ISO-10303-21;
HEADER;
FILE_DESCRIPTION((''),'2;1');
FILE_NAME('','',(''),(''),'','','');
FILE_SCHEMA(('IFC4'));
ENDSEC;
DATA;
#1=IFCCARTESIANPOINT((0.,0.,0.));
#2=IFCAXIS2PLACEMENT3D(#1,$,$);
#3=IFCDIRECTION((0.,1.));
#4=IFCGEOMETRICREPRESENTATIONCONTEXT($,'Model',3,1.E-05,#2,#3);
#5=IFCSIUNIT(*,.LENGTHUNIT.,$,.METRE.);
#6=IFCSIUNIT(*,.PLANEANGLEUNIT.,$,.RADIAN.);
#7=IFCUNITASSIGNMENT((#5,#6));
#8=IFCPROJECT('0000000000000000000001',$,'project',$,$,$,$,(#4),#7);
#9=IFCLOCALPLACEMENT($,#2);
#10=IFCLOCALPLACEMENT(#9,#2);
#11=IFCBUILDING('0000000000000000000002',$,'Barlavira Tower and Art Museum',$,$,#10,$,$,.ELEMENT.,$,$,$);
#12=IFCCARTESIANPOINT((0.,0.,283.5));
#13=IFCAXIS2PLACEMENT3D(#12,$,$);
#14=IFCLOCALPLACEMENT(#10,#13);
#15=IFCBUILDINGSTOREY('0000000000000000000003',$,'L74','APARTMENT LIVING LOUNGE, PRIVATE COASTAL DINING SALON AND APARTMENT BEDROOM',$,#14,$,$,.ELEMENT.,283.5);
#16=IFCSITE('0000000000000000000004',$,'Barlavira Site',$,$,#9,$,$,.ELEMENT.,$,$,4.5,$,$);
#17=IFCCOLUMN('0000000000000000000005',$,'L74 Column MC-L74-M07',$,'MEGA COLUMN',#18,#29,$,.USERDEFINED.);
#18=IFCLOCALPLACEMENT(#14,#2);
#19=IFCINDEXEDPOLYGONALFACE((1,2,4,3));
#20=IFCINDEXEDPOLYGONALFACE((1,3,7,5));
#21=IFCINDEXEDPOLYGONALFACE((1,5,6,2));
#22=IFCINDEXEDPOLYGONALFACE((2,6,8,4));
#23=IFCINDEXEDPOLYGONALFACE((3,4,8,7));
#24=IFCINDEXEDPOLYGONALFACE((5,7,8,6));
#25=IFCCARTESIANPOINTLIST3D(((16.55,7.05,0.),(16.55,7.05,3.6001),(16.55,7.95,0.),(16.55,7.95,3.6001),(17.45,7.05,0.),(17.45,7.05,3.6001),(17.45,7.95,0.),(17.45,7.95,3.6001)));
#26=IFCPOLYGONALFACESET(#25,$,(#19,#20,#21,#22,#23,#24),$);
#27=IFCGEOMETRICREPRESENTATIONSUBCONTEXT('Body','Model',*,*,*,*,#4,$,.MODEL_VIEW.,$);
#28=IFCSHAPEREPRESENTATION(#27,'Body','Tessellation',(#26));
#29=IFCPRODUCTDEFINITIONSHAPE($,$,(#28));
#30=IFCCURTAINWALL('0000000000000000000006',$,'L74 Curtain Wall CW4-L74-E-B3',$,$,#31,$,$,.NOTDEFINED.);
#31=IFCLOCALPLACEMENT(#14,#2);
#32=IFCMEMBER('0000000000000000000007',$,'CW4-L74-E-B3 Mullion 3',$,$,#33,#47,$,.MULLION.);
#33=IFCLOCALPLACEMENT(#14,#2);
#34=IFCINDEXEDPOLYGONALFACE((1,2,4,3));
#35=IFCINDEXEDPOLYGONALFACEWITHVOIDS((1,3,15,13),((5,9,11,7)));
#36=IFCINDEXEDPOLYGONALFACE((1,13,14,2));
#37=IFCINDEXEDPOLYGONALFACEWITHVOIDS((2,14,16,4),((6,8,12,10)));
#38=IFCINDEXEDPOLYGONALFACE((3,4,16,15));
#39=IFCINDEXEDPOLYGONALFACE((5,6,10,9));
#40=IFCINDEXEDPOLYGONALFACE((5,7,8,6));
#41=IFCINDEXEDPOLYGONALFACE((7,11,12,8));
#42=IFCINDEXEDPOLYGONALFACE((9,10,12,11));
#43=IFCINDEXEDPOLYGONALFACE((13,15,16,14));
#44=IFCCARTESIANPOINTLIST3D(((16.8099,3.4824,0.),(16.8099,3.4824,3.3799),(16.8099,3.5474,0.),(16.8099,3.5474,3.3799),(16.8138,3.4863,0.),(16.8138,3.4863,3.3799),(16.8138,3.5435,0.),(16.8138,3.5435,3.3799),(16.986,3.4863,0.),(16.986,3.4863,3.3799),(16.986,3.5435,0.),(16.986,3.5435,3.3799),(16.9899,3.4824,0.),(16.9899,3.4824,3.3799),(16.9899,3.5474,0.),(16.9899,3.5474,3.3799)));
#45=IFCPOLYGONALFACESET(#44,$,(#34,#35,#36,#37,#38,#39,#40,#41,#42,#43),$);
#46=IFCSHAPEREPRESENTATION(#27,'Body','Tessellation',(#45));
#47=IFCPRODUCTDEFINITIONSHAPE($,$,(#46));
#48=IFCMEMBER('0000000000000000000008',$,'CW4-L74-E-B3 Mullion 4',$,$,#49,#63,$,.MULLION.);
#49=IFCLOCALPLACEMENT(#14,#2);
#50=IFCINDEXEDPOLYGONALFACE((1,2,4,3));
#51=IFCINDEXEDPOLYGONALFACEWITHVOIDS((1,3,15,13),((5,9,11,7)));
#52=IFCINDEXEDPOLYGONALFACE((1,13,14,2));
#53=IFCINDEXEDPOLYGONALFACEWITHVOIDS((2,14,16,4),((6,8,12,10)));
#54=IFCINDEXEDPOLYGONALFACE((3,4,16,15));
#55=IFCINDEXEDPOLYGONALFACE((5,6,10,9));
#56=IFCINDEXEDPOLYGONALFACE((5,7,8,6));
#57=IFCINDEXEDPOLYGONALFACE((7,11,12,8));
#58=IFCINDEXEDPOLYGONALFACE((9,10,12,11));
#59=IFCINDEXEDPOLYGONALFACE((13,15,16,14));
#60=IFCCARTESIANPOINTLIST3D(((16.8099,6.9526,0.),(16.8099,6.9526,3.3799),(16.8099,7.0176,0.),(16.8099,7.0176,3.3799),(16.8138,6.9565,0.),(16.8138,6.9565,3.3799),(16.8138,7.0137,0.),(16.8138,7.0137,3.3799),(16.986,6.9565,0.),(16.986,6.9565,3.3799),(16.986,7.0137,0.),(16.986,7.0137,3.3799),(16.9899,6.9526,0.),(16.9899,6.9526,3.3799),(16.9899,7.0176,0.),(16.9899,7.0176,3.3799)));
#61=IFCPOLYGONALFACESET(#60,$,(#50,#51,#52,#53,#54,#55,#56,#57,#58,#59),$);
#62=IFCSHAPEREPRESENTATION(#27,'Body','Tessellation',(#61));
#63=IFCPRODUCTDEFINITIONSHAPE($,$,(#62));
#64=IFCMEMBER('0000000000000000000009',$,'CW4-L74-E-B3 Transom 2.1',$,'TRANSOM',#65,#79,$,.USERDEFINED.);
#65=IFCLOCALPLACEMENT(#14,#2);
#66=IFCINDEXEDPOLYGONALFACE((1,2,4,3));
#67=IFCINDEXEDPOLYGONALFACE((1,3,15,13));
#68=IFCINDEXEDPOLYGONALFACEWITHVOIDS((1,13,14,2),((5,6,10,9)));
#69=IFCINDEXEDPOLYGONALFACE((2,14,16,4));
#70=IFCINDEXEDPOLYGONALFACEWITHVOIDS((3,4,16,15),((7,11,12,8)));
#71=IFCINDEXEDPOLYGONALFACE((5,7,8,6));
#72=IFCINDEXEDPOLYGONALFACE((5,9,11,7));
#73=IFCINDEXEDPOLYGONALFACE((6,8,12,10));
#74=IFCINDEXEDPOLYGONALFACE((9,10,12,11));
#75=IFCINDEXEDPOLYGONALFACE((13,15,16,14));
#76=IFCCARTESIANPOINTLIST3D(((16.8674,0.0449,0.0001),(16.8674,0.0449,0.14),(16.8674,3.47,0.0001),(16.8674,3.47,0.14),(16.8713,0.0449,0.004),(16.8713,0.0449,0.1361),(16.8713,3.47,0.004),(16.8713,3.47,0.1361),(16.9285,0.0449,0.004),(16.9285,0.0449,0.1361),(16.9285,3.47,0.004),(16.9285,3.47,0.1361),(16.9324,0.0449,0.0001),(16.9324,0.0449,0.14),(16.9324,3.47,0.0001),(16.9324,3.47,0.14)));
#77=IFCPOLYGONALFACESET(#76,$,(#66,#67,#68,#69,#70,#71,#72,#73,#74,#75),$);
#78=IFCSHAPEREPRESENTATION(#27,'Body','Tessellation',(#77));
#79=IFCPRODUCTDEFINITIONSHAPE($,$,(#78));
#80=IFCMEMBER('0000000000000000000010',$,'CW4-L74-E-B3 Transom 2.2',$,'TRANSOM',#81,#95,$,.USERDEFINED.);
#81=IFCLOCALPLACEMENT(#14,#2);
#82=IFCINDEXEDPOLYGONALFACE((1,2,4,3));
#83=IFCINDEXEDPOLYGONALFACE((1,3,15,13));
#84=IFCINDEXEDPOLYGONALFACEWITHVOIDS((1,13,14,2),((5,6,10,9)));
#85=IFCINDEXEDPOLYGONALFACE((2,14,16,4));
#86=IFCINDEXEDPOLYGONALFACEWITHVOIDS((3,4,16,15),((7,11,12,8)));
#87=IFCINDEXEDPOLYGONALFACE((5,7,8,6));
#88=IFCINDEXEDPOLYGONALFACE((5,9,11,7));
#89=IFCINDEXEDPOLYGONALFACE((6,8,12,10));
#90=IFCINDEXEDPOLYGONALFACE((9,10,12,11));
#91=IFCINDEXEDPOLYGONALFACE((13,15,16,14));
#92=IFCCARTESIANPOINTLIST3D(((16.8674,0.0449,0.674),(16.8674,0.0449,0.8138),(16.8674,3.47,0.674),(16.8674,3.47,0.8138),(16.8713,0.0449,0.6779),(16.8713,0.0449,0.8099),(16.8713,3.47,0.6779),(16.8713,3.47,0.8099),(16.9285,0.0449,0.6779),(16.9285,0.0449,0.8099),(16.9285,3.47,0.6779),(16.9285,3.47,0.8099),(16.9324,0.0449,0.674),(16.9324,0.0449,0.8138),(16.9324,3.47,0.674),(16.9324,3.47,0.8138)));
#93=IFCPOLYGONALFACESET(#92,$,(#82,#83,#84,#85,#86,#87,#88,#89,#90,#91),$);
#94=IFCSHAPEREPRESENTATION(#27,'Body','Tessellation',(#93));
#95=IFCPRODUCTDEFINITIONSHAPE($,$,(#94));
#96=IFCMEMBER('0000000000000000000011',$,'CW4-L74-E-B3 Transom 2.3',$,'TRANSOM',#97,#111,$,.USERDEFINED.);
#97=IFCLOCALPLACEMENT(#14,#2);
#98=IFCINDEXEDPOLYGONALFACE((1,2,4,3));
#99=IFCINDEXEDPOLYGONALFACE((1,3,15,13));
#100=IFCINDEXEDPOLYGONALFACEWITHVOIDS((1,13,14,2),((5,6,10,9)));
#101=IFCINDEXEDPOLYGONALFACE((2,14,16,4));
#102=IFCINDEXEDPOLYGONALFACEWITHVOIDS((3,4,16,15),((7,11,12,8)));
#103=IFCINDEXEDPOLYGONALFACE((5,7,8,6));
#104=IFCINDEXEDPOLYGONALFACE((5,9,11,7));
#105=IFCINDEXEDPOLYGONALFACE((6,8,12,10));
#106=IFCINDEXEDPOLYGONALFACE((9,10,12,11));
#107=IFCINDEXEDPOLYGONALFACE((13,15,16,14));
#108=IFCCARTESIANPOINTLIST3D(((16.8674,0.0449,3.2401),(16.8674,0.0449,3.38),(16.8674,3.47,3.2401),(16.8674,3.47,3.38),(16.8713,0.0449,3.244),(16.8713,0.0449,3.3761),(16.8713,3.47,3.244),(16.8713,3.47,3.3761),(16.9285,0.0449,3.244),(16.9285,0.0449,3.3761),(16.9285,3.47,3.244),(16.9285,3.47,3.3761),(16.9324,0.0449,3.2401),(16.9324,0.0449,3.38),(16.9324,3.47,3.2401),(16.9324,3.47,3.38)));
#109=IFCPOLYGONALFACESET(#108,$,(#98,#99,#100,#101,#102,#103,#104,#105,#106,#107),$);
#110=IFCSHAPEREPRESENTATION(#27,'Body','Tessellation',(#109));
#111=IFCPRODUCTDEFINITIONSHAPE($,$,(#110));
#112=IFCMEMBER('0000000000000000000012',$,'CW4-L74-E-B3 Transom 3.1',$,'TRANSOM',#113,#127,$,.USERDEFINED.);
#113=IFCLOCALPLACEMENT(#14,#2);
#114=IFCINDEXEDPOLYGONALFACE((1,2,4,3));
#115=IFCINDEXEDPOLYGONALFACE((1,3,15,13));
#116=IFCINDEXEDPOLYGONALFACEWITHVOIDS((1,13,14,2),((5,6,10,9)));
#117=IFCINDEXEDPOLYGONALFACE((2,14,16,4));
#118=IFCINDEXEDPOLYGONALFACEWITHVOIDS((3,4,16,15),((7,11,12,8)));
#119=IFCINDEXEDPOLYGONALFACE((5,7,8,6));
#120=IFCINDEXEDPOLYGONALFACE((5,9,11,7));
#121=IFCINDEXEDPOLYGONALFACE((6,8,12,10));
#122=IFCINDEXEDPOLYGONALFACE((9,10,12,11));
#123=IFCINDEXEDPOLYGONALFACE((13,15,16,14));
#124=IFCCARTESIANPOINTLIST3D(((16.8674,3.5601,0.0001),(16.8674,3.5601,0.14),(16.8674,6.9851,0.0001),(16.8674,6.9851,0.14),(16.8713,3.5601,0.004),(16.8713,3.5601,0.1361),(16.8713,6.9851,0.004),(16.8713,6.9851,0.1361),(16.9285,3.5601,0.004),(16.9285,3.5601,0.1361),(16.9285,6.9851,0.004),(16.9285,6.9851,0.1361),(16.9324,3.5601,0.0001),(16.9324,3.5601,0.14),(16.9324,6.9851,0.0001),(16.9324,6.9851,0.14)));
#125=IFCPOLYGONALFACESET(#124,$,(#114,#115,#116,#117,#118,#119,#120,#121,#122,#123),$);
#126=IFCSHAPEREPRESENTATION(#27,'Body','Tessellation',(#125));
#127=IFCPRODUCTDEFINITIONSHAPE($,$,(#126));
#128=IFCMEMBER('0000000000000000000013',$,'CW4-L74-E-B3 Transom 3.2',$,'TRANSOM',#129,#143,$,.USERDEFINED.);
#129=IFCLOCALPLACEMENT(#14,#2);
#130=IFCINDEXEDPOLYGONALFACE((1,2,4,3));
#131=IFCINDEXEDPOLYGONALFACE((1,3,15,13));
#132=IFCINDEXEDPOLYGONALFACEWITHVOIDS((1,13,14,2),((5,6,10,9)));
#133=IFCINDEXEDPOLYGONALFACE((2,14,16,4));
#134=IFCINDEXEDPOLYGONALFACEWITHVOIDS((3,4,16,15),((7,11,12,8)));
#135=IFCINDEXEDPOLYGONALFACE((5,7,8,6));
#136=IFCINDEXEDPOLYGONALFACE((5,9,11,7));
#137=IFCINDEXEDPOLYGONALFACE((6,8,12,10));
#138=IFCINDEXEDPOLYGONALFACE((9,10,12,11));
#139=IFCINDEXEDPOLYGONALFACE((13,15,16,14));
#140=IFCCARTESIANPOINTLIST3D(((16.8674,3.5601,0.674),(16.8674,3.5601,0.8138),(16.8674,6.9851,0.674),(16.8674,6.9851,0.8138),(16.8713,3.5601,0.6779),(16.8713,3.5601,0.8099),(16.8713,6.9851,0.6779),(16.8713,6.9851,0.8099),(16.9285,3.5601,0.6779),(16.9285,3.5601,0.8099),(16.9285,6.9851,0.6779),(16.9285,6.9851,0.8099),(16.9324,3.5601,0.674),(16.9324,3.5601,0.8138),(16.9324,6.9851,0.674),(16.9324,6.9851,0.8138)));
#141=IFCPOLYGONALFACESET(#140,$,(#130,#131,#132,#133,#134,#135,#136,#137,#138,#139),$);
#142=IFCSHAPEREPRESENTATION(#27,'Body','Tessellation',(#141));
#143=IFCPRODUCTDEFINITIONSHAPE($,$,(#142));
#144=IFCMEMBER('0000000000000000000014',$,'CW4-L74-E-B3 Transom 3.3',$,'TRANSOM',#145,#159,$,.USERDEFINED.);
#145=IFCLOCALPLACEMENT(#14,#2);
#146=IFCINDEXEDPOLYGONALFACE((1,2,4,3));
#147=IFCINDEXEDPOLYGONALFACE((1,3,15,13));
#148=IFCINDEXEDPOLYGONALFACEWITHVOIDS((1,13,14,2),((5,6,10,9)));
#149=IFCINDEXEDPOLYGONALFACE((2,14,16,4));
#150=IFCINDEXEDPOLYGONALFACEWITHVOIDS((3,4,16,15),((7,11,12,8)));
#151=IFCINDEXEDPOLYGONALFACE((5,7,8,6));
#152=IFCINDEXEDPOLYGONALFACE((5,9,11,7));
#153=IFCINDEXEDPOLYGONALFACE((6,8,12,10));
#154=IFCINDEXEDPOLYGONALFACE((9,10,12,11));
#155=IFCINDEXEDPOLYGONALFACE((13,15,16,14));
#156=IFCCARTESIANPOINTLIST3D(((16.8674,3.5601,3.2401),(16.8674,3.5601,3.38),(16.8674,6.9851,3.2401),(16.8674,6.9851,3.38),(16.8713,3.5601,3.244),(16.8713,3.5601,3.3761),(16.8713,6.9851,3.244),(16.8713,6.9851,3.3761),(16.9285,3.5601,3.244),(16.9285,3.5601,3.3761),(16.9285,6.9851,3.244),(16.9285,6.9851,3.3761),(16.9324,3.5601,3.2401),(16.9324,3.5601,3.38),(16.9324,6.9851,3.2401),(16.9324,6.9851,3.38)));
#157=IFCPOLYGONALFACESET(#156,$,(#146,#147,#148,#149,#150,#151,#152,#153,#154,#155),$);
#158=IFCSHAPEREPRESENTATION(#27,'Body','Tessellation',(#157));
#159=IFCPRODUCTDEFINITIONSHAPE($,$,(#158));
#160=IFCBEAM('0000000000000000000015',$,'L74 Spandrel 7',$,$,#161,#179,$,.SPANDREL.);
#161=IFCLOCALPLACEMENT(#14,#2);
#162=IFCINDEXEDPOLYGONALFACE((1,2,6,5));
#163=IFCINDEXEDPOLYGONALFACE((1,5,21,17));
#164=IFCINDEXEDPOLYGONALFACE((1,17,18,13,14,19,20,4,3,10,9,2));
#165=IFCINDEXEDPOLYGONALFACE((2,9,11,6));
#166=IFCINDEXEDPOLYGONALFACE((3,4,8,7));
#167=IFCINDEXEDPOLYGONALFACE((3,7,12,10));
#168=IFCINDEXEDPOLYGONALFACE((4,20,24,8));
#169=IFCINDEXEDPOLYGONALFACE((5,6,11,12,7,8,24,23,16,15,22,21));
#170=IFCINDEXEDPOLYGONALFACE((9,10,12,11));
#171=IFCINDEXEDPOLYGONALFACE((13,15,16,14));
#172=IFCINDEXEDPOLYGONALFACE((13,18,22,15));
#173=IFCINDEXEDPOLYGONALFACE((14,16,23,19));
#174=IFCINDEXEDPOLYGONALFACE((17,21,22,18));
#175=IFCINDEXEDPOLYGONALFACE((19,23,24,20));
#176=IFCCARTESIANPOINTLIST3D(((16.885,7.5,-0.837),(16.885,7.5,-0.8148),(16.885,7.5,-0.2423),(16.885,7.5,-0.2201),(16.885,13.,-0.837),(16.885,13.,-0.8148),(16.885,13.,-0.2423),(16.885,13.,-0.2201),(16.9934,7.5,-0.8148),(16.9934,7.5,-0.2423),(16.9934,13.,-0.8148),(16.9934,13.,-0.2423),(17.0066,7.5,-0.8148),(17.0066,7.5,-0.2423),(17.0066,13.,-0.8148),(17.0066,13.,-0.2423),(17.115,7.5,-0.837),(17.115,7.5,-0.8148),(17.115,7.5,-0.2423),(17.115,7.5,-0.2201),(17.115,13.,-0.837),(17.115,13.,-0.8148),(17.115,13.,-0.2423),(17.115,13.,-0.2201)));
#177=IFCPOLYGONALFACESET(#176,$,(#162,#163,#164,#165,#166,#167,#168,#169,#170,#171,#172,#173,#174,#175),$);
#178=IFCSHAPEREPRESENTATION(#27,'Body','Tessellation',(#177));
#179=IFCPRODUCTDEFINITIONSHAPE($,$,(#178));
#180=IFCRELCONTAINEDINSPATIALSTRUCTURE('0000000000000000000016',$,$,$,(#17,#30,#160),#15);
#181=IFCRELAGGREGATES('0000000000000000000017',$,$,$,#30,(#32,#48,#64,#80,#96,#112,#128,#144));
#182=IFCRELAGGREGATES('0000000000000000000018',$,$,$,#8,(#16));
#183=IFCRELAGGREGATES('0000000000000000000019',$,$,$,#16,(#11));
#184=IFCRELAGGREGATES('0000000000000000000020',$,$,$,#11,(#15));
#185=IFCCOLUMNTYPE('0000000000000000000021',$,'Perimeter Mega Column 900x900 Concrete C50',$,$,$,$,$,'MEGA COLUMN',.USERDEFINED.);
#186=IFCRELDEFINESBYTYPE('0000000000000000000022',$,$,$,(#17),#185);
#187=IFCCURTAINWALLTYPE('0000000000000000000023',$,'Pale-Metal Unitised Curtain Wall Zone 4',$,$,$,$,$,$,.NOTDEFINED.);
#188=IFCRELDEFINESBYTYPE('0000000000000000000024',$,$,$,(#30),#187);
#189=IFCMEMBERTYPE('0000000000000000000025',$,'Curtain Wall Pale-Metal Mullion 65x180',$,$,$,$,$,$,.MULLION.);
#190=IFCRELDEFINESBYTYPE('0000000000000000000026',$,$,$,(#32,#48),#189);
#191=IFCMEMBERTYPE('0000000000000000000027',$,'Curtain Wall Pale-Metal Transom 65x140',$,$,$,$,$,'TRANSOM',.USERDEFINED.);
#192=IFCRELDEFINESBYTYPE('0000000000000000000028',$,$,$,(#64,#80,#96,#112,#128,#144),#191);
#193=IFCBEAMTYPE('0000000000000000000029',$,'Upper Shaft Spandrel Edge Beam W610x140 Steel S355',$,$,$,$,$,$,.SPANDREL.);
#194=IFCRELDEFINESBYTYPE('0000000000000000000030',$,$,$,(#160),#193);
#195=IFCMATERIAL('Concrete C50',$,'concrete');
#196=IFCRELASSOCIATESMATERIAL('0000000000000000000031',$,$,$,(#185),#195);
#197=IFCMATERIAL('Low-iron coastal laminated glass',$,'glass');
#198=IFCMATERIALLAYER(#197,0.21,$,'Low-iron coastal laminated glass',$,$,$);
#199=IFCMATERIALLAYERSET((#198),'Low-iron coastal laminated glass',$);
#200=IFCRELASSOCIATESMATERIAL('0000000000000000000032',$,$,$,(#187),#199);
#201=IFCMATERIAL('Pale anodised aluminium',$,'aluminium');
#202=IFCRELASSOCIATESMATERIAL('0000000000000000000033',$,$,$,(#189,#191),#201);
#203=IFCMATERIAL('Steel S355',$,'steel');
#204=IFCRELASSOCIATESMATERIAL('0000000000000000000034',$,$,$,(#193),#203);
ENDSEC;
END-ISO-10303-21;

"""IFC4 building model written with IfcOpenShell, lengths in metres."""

from ifc_helpers import new_model, si_unit, direction, frame, origin, origin_2d, place, context, subcontext, project, spatial, rectangle, hollow_rectangle, i_section, extrude, material, layer, layer_set, material_profile, profile_set, type_object, element, aggregate, save


model = new_model("IFC4")

# Units and contexts
model_context = context("Model", 3, precision=1e-05, world=origin(), true_north=direction((0.0, 1.0)))
body_context = subcontext(model_context, "Body", "Model", "MODEL_VIEW")
ifc_project = project(units=[si_unit("LENGTHUNIT", "METRE"), si_unit("PLANEANGLEUNIT", "RADIAN")], contexts=[model_context])

# Site, building, storey
site_placement = place(None, origin())
site = spatial("IfcSite", under=ifc_project, at=site_placement, Name="Barlavira Site", CompositionType="ELEMENT", RefElevation=4.5)
building_placement = place(site_placement, origin())
building = spatial("IfcBuilding", under=site, at=building_placement, Name="Barlavira Tower and Art Museum", CompositionType="ELEMENT")
storey_placement = place(building_placement, frame((0.0, 0.0, 283.5)))
storey = spatial("IfcBuildingStorey", under=building, at=storey_placement, Name="L74", Description="APARTMENT LIVING LOUNGE, PRIVATE COASTAL DINING SALON AND APARTMENT BEDROOM", CompositionType="ELEMENT", Elevation=283.5)

# Column
ifc_material_1 = material(Name="Concrete C50", Category="concrete")
ifc_material_profile_1 = material_profile(ifc_material_1, rectangle(XDim=0.8999, YDim=0.8999, at=origin_2d()), Name="RC-COL 900x900")
ifc_profile_set_1 = profile_set([ifc_material_profile_1], Name="Concrete C50")
column_type = type_object("IfcColumnType", Name="Perimeter Mega Column 900x900 Concrete C50", ElementType="MEGA COLUMN", PredefinedType="USERDEFINED", material=ifc_profile_set_1)
column_placement = place(storey_placement, frame((17.0, 7.5, 0.0), z_axis=(0.0, 0.0, 1.0), x_axis=(1.0, 0.0, 0.0)))
element("IfcColumn", 1, at=column_placement, inside=storey, type_object=column_type, Name="L74 Column MC-L74-M07", ObjectType="MEGA COLUMN", PredefinedType="USERDEFINED", context=body_context, shape_type="SweptSolid", body=[
    extrude(rectangle(XDim=0.8999, YDim=0.8999, at=origin_2d()), origin(), (0.0, 0.0, 1.0), 3.6001),
])

# Curtain wall, members
ifc_material_2 = material(Name="Low-iron coastal laminated glass", Category="glass")
ifc_layer_1 = layer(ifc_material_2, 0.21, Name="Low-iron coastal laminated glass")
ifc_layer_set_1 = layer_set([ifc_layer_1], Name="Low-iron coastal laminated glass")
curtain_wall_type = type_object("IfcCurtainWallType", Name="Pale-Metal Unitised Curtain Wall Zone 4", PredefinedType="NOTDEFINED", material=ifc_layer_set_1)
curtain_wall_placement = place(storey_placement, origin())
curtain_wall = element("IfcCurtainWall", 2, at=curtain_wall_placement, inside=storey, type_object=curtain_wall_type, Name="L74 Curtain Wall CW4-L74-E-B3", PredefinedType="NOTDEFINED")
ifc_material_3 = material(Name="Pale anodised aluminium", Category="aluminium")
ifc_material_profile_2 = material_profile(ifc_material_3, hollow_rectangle(XDim=0.0649, YDim=0.1799, WallThickness=0.0039, at=origin_2d()), Name="ALU-MULL 65x180x4")
ifc_profile_set_2 = profile_set([ifc_material_profile_2], Name="Pale anodised aluminium")
member_type_1 = type_object("IfcMemberType", Name="Curtain Wall Pale-Metal Mullion 65x180", PredefinedType="MULLION", material=ifc_profile_set_2)
member_1_placement = place(storey_placement, frame((16.8999, 3.5149, 0.0), z_axis=(0.0, 0.0, 1.0), x_axis=(0.0, 1.0, 0.0)))
member_1 = element("IfcMember", 3, at=member_1_placement, type_object=member_type_1, Name="CW4-L74-E-B3 Mullion 3", PredefinedType="MULLION", context=body_context, shape_type="SweptSolid", body=[
    extrude(hollow_rectangle(XDim=0.0649, YDim=0.1799, WallThickness=0.0039, at=origin_2d()), origin(), (0.0, 0.0, 1.0), 3.3799),
])
member_2_placement = place(storey_placement, frame((16.8999, 6.9851, 0.0), z_axis=(0.0, 0.0, 1.0), x_axis=(0.0, 1.0, 0.0)))
member_2 = element("IfcMember", 4, at=member_2_placement, type_object=member_type_1, Name="CW4-L74-E-B3 Mullion 4", PredefinedType="MULLION", context=body_context, shape_type="SweptSolid", body=[
    extrude(hollow_rectangle(XDim=0.0649, YDim=0.1799, WallThickness=0.0039, at=origin_2d()), origin(), (0.0, 0.0, 1.0), 3.3799),
])
ifc_material_profile_3 = material_profile(ifc_material_3, hollow_rectangle(XDim=0.0649, YDim=0.1399, WallThickness=0.0039, at=origin_2d()), Name="ALU-TRAN 65x140x4")
ifc_profile_set_3 = profile_set([ifc_material_profile_3], Name="Pale anodised aluminium")
member_type_2 = type_object("IfcMemberType", Name="Curtain Wall Pale-Metal Transom 65x140", ElementType="TRANSOM", PredefinedType="USERDEFINED", material=ifc_profile_set_3)
member_3_placement = place(storey_placement, frame((16.8999, 0.0449, 0.0701), z_axis=(0.0, 1.0, 0.0), x_axis=(-1.0, 0.0, 0.0)))
member_3 = element("IfcMember", 5, at=member_3_placement, type_object=member_type_2, Name="CW4-L74-E-B3 Transom 2.1", ObjectType="TRANSOM", PredefinedType="USERDEFINED", context=body_context, shape_type="SweptSolid", body=[
    extrude(hollow_rectangle(XDim=0.0649, YDim=0.1399, WallThickness=0.0039, at=origin_2d()), origin(), (0.0, 0.0, 1.0), 3.425),
])
member_4_placement = place(storey_placement, frame((16.8999, 0.0449, 0.7439), z_axis=(0.0, 1.0, 0.0), x_axis=(-1.0, 0.0, 0.0)))
member_4 = element("IfcMember", 6, at=member_4_placement, type_object=member_type_2, Name="CW4-L74-E-B3 Transom 2.2", ObjectType="TRANSOM", PredefinedType="USERDEFINED", context=body_context, shape_type="SweptSolid", body=[
    extrude(hollow_rectangle(XDim=0.0649, YDim=0.1399, WallThickness=0.0039, at=origin_2d()), origin(), (0.0, 0.0, 1.0), 3.425),
])
member_5_placement = place(storey_placement, frame((16.8999, 0.0449, 3.3101), z_axis=(0.0, 1.0, 0.0), x_axis=(-1.0, 0.0, 0.0)))
member_5 = element("IfcMember", 7, at=member_5_placement, type_object=member_type_2, Name="CW4-L74-E-B3 Transom 2.3", ObjectType="TRANSOM", PredefinedType="USERDEFINED", context=body_context, shape_type="SweptSolid", body=[
    extrude(hollow_rectangle(XDim=0.0649, YDim=0.1399, WallThickness=0.0039, at=origin_2d()), origin(), (0.0, 0.0, 1.0), 3.425),
])
member_6_placement = place(storey_placement, frame((16.8999, 3.5601, 0.0701), z_axis=(0.0, 1.0, 0.0), x_axis=(-1.0, 0.0, 0.0)))
member_6 = element("IfcMember", 8, at=member_6_placement, type_object=member_type_2, Name="CW4-L74-E-B3 Transom 3.1", ObjectType="TRANSOM", PredefinedType="USERDEFINED", context=body_context, shape_type="SweptSolid", body=[
    extrude(hollow_rectangle(XDim=0.0649, YDim=0.1399, WallThickness=0.0039, at=origin_2d()), origin(), (0.0, 0.0, 1.0), 3.425),
])
member_7_placement = place(storey_placement, frame((16.8999, 3.5601, 0.7439), z_axis=(0.0, 1.0, 0.0), x_axis=(-1.0, 0.0, 0.0)))
member_7 = element("IfcMember", 9, at=member_7_placement, type_object=member_type_2, Name="CW4-L74-E-B3 Transom 3.2", ObjectType="TRANSOM", PredefinedType="USERDEFINED", context=body_context, shape_type="SweptSolid", body=[
    extrude(hollow_rectangle(XDim=0.0649, YDim=0.1399, WallThickness=0.0039, at=origin_2d()), origin(), (0.0, 0.0, 1.0), 3.425),
])
member_8_placement = place(storey_placement, frame((16.8999, 3.5601, 3.3101), z_axis=(0.0, 1.0, 0.0), x_axis=(-1.0, 0.0, 0.0)))
member_8 = element("IfcMember", 10, at=member_8_placement, type_object=member_type_2, Name="CW4-L74-E-B3 Transom 3.3", ObjectType="TRANSOM", PredefinedType="USERDEFINED", context=body_context, shape_type="SweptSolid", body=[
    extrude(hollow_rectangle(XDim=0.0649, YDim=0.1399, WallThickness=0.0039, at=origin_2d()), origin(), (0.0, 0.0, 1.0), 3.425),
])

# Beam
ifc_material_4 = material(Name="Steel S355", Category="steel")
ifc_material_profile_4 = material_profile(ifc_material_4, i_section(OverallWidth=0.23, OverallDepth=0.6169, WebThickness=0.0132, FlangeThickness=0.0222, at=origin_2d()), Name="W610x140.0")
ifc_profile_set_4 = profile_set([ifc_material_profile_4], Name="Steel S355")
beam_type = type_object("IfcBeamType", Name="Upper Shaft Spandrel Edge Beam W610x140 Steel S355", PredefinedType="SPANDREL", material=ifc_profile_set_4)
beam_placement = place(storey_placement, frame((17.0, 7.5, -0.5286), z_axis=(0.0, 1.0, 0.0), x_axis=(-1.0, 0.0, 0.0)))
element("IfcBeam", 11, at=beam_placement, inside=storey, type_object=beam_type, Name="L74 Spandrel 7", PredefinedType="SPANDREL", context=body_context, shape_type="SweptSolid", body=[
    extrude(i_section(OverallWidth=0.23, OverallDepth=0.6169, WebThickness=0.0132, FlangeThickness=0.0222, at=origin_2d()), origin(), (0.0, 0.0, 1.0), 5.5),
])

aggregate(curtain_wall, [member_1, member_2, member_3, member_4, member_5, member_6, member_7, member_8])

save(model, "model.ifc")
